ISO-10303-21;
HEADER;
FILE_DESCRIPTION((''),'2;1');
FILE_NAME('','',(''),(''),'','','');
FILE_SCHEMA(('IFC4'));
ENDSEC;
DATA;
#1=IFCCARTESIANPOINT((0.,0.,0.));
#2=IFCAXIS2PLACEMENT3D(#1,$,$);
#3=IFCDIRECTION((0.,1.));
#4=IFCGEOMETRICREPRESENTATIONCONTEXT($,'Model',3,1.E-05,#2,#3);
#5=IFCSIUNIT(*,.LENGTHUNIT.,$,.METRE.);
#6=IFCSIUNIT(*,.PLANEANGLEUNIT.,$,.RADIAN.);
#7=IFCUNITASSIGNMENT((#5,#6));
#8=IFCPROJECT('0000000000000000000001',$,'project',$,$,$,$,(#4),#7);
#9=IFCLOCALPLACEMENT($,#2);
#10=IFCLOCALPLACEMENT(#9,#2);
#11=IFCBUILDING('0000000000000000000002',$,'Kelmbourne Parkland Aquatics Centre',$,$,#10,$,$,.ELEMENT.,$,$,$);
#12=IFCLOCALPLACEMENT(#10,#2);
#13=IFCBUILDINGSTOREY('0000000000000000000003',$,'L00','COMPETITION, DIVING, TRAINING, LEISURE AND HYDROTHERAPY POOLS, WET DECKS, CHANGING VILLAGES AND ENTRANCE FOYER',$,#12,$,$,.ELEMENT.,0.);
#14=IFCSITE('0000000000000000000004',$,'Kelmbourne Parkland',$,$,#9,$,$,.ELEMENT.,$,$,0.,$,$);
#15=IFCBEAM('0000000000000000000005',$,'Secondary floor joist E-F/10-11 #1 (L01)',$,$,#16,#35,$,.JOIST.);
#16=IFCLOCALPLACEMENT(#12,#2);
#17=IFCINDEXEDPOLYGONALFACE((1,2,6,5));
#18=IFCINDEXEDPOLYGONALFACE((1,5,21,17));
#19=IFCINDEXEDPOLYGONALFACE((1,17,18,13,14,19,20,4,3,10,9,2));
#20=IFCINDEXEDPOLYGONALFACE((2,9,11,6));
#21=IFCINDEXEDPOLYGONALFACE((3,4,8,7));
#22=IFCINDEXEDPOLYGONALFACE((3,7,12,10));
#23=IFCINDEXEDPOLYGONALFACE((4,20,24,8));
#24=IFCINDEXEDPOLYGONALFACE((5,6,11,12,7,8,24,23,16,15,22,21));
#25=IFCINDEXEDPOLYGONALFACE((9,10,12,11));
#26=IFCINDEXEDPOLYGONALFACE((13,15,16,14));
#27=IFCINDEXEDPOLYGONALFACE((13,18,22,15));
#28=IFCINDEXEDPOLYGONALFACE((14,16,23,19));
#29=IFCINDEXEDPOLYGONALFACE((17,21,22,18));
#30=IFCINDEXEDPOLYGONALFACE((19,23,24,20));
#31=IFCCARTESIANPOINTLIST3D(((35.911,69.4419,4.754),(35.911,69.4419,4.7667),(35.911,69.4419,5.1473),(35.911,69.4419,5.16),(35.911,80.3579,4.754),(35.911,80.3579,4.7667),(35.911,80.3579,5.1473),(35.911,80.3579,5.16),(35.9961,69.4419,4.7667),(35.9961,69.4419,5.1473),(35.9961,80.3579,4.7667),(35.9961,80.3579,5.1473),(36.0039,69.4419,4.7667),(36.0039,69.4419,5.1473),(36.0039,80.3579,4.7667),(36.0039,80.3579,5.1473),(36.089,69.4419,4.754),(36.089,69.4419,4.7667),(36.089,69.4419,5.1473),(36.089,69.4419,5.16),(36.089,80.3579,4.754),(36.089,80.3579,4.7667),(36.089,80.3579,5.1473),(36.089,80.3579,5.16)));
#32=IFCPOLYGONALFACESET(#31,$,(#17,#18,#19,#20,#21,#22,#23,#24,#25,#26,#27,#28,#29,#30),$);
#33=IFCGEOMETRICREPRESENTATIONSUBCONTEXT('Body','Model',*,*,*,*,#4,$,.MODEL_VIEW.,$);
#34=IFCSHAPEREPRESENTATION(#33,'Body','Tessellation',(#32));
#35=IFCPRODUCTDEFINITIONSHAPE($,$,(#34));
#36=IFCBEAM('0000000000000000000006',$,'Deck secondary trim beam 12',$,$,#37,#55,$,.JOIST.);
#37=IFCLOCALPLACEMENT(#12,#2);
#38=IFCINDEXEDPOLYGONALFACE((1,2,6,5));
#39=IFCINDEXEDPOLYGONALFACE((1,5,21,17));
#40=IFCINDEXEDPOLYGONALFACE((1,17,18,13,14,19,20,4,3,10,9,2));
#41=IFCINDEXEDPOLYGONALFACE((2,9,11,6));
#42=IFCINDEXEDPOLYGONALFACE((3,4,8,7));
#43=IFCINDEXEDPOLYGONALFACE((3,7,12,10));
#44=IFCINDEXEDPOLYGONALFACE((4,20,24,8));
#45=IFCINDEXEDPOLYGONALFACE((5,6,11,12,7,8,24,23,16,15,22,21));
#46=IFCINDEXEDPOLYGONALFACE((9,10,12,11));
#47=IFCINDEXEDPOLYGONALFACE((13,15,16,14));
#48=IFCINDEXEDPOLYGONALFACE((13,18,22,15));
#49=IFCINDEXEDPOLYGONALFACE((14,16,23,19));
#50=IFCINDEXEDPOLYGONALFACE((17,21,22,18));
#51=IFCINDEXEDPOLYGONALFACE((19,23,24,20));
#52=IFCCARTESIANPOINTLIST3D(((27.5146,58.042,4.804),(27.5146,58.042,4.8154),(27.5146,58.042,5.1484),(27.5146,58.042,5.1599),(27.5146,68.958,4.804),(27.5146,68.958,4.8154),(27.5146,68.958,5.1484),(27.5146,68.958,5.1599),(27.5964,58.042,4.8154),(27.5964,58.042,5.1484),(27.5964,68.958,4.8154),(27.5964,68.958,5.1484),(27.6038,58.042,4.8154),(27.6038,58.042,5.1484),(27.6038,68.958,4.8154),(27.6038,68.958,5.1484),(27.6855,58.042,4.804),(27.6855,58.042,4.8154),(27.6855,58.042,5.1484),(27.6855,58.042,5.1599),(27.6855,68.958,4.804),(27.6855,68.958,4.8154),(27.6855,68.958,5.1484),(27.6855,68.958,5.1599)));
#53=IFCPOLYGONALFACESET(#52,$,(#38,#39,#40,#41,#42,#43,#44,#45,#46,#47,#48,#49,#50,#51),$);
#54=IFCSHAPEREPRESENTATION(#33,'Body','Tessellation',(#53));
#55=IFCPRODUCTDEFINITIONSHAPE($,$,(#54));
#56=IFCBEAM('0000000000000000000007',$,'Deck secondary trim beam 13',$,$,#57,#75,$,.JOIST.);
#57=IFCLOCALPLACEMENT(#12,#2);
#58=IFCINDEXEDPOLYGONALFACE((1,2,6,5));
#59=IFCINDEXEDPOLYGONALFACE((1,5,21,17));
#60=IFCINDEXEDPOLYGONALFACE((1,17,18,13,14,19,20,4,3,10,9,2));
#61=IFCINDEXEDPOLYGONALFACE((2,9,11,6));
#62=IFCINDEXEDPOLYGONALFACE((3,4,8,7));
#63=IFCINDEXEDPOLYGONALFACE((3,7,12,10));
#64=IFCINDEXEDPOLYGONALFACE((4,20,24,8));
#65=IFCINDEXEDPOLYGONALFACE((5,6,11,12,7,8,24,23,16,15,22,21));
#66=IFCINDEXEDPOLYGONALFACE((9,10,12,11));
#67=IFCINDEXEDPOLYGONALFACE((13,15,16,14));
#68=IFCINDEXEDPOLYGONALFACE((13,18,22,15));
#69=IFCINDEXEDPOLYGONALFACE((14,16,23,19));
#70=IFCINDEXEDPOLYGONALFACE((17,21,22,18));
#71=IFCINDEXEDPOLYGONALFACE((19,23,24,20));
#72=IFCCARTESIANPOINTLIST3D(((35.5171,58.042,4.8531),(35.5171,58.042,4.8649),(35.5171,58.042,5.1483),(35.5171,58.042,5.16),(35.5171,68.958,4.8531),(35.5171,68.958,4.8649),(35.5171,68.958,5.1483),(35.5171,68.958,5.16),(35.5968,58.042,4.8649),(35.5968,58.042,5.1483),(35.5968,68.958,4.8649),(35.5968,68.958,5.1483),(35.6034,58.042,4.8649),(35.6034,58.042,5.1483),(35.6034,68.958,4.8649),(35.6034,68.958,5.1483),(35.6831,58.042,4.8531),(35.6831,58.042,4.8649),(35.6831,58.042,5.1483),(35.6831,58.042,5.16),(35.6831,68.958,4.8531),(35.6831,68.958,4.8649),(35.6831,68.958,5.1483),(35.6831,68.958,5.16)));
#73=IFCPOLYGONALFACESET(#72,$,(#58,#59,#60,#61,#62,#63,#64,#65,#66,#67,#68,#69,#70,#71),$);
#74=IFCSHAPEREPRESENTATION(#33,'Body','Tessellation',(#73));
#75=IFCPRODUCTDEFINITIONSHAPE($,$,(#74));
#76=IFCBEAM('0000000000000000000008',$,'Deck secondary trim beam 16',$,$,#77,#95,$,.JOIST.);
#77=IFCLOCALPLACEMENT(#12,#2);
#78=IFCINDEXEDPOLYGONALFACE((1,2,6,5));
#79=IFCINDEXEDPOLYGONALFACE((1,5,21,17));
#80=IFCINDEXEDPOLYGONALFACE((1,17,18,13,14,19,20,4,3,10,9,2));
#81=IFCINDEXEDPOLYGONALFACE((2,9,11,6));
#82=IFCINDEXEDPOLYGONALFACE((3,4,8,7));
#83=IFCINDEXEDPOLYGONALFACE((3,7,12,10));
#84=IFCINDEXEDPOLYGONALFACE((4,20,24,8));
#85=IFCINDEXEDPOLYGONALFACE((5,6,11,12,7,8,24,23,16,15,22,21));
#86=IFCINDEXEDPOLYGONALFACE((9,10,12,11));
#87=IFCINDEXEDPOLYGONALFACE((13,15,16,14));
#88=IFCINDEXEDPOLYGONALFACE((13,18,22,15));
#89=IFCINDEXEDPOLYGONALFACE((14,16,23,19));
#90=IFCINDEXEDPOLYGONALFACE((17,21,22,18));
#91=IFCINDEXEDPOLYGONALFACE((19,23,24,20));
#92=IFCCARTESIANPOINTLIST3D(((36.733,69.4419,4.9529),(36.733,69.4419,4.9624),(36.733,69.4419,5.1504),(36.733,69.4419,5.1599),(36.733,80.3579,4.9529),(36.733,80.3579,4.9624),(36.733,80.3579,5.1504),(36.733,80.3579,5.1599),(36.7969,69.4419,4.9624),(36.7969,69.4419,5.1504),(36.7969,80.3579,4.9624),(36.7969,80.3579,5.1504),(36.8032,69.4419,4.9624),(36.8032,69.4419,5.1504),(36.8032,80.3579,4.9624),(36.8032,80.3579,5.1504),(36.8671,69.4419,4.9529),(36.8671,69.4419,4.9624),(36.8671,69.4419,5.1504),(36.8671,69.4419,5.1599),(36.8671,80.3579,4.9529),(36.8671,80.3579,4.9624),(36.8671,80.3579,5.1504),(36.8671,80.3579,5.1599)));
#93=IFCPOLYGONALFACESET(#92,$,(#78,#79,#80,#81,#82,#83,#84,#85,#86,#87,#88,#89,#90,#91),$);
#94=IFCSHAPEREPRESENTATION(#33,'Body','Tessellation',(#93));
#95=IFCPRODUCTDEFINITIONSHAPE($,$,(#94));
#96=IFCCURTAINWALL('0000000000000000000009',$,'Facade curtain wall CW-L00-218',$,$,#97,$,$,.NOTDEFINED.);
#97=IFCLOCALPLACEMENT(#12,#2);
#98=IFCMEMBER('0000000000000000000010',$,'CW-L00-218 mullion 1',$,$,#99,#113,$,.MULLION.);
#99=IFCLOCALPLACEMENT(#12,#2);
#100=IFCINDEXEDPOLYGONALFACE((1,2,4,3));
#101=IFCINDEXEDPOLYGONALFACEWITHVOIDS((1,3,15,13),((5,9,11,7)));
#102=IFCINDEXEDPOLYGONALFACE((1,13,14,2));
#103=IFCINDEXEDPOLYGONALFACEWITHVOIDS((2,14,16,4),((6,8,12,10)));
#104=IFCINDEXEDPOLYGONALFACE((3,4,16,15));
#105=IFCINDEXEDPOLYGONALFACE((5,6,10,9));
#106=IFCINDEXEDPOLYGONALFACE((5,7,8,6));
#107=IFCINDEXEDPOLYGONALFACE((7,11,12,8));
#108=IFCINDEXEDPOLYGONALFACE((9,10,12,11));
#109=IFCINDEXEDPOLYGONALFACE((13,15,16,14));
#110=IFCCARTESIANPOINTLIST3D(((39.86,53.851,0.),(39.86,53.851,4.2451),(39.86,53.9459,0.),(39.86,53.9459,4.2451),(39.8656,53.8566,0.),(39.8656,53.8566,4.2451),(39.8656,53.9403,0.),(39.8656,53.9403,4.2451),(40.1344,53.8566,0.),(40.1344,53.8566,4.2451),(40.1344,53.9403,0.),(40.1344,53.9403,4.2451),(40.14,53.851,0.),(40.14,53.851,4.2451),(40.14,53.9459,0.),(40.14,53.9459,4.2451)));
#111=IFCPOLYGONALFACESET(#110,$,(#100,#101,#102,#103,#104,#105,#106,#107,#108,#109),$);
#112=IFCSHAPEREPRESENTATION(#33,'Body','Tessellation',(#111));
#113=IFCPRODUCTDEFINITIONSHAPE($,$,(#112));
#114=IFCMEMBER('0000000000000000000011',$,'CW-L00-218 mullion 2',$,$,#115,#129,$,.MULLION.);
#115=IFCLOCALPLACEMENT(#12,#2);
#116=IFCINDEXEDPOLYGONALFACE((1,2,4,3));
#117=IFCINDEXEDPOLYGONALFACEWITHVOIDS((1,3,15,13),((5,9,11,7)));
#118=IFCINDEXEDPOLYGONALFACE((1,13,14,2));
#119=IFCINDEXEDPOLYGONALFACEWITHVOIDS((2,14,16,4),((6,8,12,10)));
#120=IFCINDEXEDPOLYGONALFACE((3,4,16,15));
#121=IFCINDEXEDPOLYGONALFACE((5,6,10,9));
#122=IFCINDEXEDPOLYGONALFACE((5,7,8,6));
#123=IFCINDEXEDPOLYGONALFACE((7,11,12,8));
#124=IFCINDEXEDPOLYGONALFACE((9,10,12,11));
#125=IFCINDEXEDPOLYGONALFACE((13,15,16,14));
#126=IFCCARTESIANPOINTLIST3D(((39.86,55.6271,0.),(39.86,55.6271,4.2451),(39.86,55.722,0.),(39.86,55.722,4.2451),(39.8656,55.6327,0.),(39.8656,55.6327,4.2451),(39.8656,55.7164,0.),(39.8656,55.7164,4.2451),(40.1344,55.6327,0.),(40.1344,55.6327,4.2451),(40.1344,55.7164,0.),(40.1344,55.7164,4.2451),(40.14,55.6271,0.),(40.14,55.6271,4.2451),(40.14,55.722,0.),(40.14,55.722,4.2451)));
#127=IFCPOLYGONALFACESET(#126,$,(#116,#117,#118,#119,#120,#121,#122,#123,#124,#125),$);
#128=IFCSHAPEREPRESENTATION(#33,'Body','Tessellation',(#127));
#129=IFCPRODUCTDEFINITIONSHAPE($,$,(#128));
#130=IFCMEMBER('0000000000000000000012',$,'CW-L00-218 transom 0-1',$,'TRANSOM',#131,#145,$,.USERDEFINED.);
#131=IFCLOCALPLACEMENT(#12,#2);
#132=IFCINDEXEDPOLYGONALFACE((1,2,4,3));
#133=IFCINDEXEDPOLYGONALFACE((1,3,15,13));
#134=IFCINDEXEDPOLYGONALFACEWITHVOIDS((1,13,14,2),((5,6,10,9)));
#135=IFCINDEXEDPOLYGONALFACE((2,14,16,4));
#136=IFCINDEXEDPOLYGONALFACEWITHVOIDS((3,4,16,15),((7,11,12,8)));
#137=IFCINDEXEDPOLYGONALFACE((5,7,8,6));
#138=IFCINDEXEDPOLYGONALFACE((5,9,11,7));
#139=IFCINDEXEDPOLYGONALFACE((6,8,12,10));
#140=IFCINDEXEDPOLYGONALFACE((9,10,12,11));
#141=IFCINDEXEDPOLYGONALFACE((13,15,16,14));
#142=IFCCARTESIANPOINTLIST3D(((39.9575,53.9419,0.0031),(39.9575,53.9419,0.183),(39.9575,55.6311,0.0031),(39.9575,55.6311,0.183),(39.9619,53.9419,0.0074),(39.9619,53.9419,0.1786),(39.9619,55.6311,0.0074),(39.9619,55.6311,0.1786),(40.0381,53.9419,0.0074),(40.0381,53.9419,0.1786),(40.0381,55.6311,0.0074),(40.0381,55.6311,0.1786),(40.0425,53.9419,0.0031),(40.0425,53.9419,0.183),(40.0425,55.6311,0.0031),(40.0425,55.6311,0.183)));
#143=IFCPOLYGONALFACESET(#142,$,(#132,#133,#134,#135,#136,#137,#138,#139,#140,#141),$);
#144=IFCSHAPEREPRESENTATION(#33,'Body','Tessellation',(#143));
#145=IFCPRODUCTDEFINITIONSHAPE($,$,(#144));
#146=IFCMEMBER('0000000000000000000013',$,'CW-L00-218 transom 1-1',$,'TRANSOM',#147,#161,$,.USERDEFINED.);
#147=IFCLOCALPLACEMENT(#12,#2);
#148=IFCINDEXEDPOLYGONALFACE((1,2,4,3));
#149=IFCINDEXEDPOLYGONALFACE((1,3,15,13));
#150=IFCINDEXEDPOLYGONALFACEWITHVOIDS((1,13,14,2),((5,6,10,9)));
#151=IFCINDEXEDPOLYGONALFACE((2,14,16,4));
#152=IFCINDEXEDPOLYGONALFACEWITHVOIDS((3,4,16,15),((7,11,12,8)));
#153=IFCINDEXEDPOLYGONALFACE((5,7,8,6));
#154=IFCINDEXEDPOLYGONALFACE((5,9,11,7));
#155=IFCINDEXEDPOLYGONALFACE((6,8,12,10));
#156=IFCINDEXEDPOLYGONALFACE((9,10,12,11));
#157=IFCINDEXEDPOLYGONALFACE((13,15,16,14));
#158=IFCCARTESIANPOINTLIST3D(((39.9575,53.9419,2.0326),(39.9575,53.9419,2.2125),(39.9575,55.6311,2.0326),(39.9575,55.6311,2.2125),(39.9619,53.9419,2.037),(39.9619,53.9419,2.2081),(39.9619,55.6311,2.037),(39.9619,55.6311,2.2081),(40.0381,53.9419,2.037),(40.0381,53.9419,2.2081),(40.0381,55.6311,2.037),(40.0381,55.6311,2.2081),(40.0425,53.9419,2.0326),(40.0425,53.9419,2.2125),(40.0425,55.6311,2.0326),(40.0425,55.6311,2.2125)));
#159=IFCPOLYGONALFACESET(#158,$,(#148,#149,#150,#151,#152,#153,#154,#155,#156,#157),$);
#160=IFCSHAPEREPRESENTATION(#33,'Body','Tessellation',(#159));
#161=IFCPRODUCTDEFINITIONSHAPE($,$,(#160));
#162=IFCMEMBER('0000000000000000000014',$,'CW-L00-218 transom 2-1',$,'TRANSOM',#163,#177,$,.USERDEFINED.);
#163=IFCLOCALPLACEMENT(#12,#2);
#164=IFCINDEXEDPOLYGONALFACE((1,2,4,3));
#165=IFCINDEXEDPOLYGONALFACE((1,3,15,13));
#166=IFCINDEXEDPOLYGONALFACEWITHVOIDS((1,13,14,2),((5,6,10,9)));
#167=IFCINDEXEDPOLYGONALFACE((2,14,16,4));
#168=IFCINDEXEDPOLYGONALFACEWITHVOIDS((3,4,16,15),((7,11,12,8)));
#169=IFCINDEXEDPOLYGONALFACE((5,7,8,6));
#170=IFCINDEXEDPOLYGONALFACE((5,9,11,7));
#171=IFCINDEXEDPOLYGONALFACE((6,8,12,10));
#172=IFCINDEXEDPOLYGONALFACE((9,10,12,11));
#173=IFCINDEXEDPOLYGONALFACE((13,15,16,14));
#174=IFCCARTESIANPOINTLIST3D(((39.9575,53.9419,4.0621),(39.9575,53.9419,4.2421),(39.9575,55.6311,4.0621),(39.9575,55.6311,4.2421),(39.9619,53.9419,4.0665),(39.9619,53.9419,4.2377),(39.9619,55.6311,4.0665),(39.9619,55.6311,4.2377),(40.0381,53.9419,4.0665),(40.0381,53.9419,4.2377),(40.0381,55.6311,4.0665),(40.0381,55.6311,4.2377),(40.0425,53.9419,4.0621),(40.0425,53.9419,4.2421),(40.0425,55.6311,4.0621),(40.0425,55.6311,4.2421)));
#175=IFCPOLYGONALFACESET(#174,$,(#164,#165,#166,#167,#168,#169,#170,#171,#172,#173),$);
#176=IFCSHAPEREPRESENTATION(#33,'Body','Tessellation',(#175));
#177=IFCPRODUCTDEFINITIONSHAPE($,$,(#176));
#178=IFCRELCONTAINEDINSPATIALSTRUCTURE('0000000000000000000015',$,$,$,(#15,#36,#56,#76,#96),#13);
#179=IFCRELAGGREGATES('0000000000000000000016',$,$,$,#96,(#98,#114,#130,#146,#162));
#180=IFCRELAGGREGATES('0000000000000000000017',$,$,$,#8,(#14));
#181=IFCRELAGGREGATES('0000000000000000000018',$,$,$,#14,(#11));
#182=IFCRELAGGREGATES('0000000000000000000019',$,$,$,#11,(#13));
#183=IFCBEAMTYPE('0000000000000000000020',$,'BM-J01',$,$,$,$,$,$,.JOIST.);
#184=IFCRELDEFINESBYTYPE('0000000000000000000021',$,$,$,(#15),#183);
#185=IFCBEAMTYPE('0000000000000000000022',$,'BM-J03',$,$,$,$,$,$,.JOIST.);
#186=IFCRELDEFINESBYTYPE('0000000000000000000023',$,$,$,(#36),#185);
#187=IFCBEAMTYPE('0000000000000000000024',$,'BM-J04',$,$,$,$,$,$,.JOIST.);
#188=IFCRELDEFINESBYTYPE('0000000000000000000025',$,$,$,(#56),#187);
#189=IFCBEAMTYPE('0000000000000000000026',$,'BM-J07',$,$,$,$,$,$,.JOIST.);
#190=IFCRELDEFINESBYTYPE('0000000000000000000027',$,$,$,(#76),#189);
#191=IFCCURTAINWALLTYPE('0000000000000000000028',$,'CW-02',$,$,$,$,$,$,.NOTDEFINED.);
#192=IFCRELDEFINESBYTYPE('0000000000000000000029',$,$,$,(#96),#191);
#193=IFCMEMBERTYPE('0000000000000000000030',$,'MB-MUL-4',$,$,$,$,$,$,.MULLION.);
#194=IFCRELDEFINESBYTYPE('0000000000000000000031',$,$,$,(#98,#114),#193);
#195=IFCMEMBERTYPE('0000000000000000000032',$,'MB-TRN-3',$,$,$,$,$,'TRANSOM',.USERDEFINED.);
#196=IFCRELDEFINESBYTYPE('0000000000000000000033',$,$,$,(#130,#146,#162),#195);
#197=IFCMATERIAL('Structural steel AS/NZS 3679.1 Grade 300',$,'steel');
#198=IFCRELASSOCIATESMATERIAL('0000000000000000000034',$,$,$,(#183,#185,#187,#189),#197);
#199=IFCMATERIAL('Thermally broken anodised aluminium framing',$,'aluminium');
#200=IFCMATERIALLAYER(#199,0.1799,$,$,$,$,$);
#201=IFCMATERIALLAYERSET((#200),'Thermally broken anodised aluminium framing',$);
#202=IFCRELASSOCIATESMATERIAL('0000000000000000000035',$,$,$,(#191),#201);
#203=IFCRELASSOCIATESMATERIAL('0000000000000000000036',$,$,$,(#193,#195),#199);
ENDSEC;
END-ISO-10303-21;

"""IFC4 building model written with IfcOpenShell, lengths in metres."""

from ifc_helpers import new_model, si_unit, direction, frame, origin, origin_2d, place, context, subcontext, project, spatial, hollow_rectangle, i_section, extrude, material, layer, layer_set, material_profile, profile_set, type_object, element, aggregate, save


model = new_model("IFC4")

# Units and contexts
model_context = context("Model", 3, precision=1e-05, world=origin(), true_north=direction((0.0, 1.0)))
body_context = subcontext(model_context, "Body", "Model", "MODEL_VIEW")
ifc_project = project(units=[si_unit("LENGTHUNIT", "METRE"), si_unit("PLANEANGLEUNIT", "RADIAN")], contexts=[model_context])

# Site, building, storey
site_placement = place(None, origin())
site = spatial("IfcSite", under=ifc_project, at=site_placement, Name="Kelmbourne Parkland", CompositionType="ELEMENT", RefElevation=0.0)
building_placement = place(site_placement, origin())
building = spatial("IfcBuilding", under=site, at=building_placement, Name="Kelmbourne Parkland Aquatics Centre", CompositionType="ELEMENT")
storey_placement = place(building_placement, origin())
storey = spatial("IfcBuildingStorey", under=building, at=storey_placement, Name="L00", Description="COMPETITION, DIVING, TRAINING, LEISURE AND HYDROTHERAPY POOLS, WET DECKS, CHANGING VILLAGES AND ENTRANCE FOYER", CompositionType="ELEMENT", Elevation=0.0)

# Beams
ifc_material_1 = material(Name="Structural steel AS/NZS 3679.1 Grade 300", Category="steel")
ifc_material_profile_1 = material_profile(ifc_material_1, i_section(OverallWidth=0.178, OverallDepth=0.406, WebThickness=0.0078, FlangeThickness=0.0127, at=origin_2d()), Name="410UB59.7")
ifc_profile_set_1 = profile_set([ifc_material_profile_1], Name="Structural steel AS/NZS 3679.1 Grade 300")
beam_type_1 = type_object("IfcBeamType", Name="BM-J01", PredefinedType="JOIST", material=ifc_profile_set_1)
for number, where, z_axis, x_axis, name in (
    (1, (36.0, 69.4419, 4.957), (0.0, 1.0, 0.0), (-1.0, 0.0, 0.0), "Secondary floor joist E-F/10-11 #1 (L01)"),
):
    element("IfcBeam", number, at=place(storey_placement, frame(where, z_axis=z_axis, x_axis=x_axis)), inside=storey, type_object=beam_type_1, Name=name, PredefinedType="JOIST", context=body_context, shape_type="SweptSolid", body=[
        extrude(i_section(OverallWidth=0.178, OverallDepth=0.406, WebThickness=0.0078, FlangeThickness=0.0127, at=origin_2d()), origin(), (0.0, 0.0, 1.0), 10.916),
    ])
ifc_material_profile_2 = material_profile(ifc_material_1, i_section(OverallWidth=0.1709, OverallDepth=0.356, WebThickness=0.0073, FlangeThickness=0.0115, at=origin_2d()), Name="360UB50.7")
ifc_profile_set_2 = profile_set([ifc_material_profile_2], Name="Structural steel AS/NZS 3679.1 Grade 300")
beam_type_2 = type_object("IfcBeamType", Name="BM-J03", PredefinedType="JOIST", material=ifc_profile_set_2)
beam_1_placement = place(storey_placement, frame((27.6001, 58.042, 4.9819), z_axis=(0.0, 1.0, 0.0), x_axis=(-1.0, 0.0, 0.0)))
element("IfcBeam", 2, at=beam_1_placement, inside=storey, type_object=beam_type_2, Name="Deck secondary trim beam 12", PredefinedType="JOIST", context=body_context, shape_type="SweptSolid", body=[
    extrude(i_section(OverallWidth=0.1709, OverallDepth=0.356, WebThickness=0.0073, FlangeThickness=0.0115, at=origin_2d()), origin(), (0.0, 0.0, 1.0), 10.916),
])
ifc_material_profile_3 = material_profile(ifc_material_1, i_section(OverallWidth=0.166, OverallDepth=0.3069, WebThickness=0.0066, FlangeThickness=0.0117, at=origin_2d()), Name="310UB46.2")
ifc_profile_set_3 = profile_set([ifc_material_profile_3], Name="Structural steel AS/NZS 3679.1 Grade 300")
beam_type_3 = type_object("IfcBeamType", Name="BM-J04", PredefinedType="JOIST", material=ifc_profile_set_3)
beam_2_placement = place(storey_placement, frame((35.6001, 58.042, 5.0066), z_axis=(0.0, 1.0, 0.0), x_axis=(-1.0, 0.0, 0.0)))
element("IfcBeam", 3, at=beam_2_placement, inside=storey, type_object=beam_type_3, Name="Deck secondary trim beam 13", PredefinedType="JOIST", context=body_context, shape_type="SweptSolid", body=[
    extrude(i_section(OverallWidth=0.166, OverallDepth=0.3069, WebThickness=0.0066, FlangeThickness=0.0117, at=origin_2d()), origin(), (0.0, 0.0, 1.0), 10.916),
])
ifc_material_profile_4 = material_profile(ifc_material_1, i_section(OverallWidth=0.134, OverallDepth=0.207, WebThickness=0.0063, FlangeThickness=0.0095, at=origin_2d()), Name="200UB29.8")
ifc_profile_set_4 = profile_set([ifc_material_profile_4], Name="Structural steel AS/NZS 3679.1 Grade 300")
beam_type_4 = type_object("IfcBeamType", Name="BM-J07", PredefinedType="JOIST", material=ifc_profile_set_4)
beam_3_placement = place(storey_placement, frame((36.8, 69.4419, 5.0564), z_axis=(0.0, 1.0, 0.0), x_axis=(-1.0, 0.0, 0.0)))
element("IfcBeam", 4, at=beam_3_placement, inside=storey, type_object=beam_type_4, Name="Deck secondary trim beam 16", PredefinedType="JOIST", context=body_context, shape_type="SweptSolid", body=[
    extrude(i_section(OverallWidth=0.134, OverallDepth=0.207, WebThickness=0.0063, FlangeThickness=0.0095, at=origin_2d()), origin(), (0.0, 0.0, 1.0), 10.916),
])

# Curtain wall, members
ifc_material_2 = material(Name="Thermally broken anodised aluminium framing", Category="aluminium")
ifc_layer_1 = layer(ifc_material_2, 0.1799)
ifc_layer_set_1 = layer_set([ifc_layer_1], Name="Thermally broken anodised aluminium framing")
curtain_wall_type = type_object("IfcCurtainWallType", Name="CW-02", PredefinedType="NOTDEFINED", material=ifc_layer_set_1)
curtain_wall_placement = place(storey_placement, origin())
curtain_wall = element("IfcCurtainWall", 5, at=curtain_wall_placement, inside=storey, type_object=curtain_wall_type, Name="Facade curtain wall CW-L00-218", PredefinedType="NOTDEFINED")
ifc_material_profile_5 = material_profile(ifc_material_2, hollow_rectangle(XDim=0.095, YDim=0.28, WallThickness=0.0056, at=origin_2d()), Name="CW-M 95x280")
ifc_profile_set_5 = profile_set([ifc_material_profile_5], Name="Thermally broken anodised aluminium framing")
member_type_1 = type_object("IfcMemberType", Name="MB-MUL-4", PredefinedType="MULLION", material=ifc_profile_set_5)
member_1_placement = place(storey_placement, frame((40.0, 53.8984, 0.0), z_axis=(0.0, 0.0, 1.0), x_axis=(0.0, 1.0, 0.0)))
member_1 = element("IfcMember", 6, at=member_1_placement, type_object=member_type_1, Name="CW-L00-218 mullion 1", PredefinedType="MULLION", context=body_context, shape_type="SweptSolid", body=[
    extrude(hollow_rectangle(XDim=0.095, YDim=0.28, WallThickness=0.0056, at=origin_2d()), origin(), (0.0, 0.0, 1.0), 4.2451),
])
member_2_placement = place(storey_placement, frame((40.0, 55.6746, 0.0), z_axis=(0.0, 0.0, 1.0), x_axis=(0.0, 1.0, 0.0)))
member_2 = element("IfcMember", 7, at=member_2_placement, type_object=member_type_1, Name="CW-L00-218 mullion 2", PredefinedType="MULLION", context=body_context, shape_type="SweptSolid", body=[
    extrude(hollow_rectangle(XDim=0.095, YDim=0.28, WallThickness=0.0056, at=origin_2d()), origin(), (0.0, 0.0, 1.0), 4.2451),
])
ifc_material_profile_6 = material_profile(ifc_material_2, hollow_rectangle(XDim=0.085, YDim=0.1799, WallThickness=0.0044, at=origin_2d()), Name="CW-T 85x180")
ifc_profile_set_6 = profile_set([ifc_material_profile_6], Name="Thermally broken anodised aluminium framing")
member_type_2 = type_object("IfcMemberType", Name="MB-TRN-3", ElementType="TRANSOM", PredefinedType="USERDEFINED", material=ifc_profile_set_6)
member_3_placement = place(storey_placement, frame((40.0, 53.9419, 0.093), z_axis=(0.0, 1.0, 0.0), x_axis=(-1.0, 0.0, 0.0)))
member_3 = element("IfcMember", 8, at=member_3_placement, type_object=member_type_2, Name="CW-L00-218 transom 0-1", ObjectType="TRANSOM", PredefinedType="USERDEFINED", context=body_context, shape_type="SweptSolid", body=[
    extrude(hollow_rectangle(XDim=0.085, YDim=0.1799, WallThickness=0.0044, at=origin_2d()), origin(), (0.0, 0.0, 1.0), 1.6892),
])
member_4_placement = place(storey_placement, frame((40.0, 53.9419, 2.1226), z_axis=(0.0, 1.0, 0.0), x_axis=(-1.0, 0.0, 0.0)))
member_4 = element("IfcMember", 9, at=member_4_placement, type_object=member_type_2, Name="CW-L00-218 transom 1-1", ObjectType="TRANSOM", PredefinedType="USERDEFINED", context=body_context, shape_type="SweptSolid", body=[
    extrude(hollow_rectangle(XDim=0.085, YDim=0.1799, WallThickness=0.0044, at=origin_2d()), origin(), (0.0, 0.0, 1.0), 1.6892),
])
member_5_placement = place(storey_placement, frame((40.0, 53.9419, 4.1521), z_axis=(0.0, 1.0, 0.0), x_axis=(-1.0, 0.0, 0.0)))
member_5 = element("IfcMember", 10, at=member_5_placement, type_object=member_type_2, Name="CW-L00-218 transom 2-1", ObjectType="TRANSOM", PredefinedType="USERDEFINED", context=body_context, shape_type="SweptSolid", body=[
    extrude(hollow_rectangle(XDim=0.085, YDim=0.1799, WallThickness=0.0044, at=origin_2d()), origin(), (0.0, 0.0, 1.0), 1.6892),
])
aggregate(curtain_wall, [member_1, member_2, member_3, member_4, member_5])

save(model, "model.ifc")
